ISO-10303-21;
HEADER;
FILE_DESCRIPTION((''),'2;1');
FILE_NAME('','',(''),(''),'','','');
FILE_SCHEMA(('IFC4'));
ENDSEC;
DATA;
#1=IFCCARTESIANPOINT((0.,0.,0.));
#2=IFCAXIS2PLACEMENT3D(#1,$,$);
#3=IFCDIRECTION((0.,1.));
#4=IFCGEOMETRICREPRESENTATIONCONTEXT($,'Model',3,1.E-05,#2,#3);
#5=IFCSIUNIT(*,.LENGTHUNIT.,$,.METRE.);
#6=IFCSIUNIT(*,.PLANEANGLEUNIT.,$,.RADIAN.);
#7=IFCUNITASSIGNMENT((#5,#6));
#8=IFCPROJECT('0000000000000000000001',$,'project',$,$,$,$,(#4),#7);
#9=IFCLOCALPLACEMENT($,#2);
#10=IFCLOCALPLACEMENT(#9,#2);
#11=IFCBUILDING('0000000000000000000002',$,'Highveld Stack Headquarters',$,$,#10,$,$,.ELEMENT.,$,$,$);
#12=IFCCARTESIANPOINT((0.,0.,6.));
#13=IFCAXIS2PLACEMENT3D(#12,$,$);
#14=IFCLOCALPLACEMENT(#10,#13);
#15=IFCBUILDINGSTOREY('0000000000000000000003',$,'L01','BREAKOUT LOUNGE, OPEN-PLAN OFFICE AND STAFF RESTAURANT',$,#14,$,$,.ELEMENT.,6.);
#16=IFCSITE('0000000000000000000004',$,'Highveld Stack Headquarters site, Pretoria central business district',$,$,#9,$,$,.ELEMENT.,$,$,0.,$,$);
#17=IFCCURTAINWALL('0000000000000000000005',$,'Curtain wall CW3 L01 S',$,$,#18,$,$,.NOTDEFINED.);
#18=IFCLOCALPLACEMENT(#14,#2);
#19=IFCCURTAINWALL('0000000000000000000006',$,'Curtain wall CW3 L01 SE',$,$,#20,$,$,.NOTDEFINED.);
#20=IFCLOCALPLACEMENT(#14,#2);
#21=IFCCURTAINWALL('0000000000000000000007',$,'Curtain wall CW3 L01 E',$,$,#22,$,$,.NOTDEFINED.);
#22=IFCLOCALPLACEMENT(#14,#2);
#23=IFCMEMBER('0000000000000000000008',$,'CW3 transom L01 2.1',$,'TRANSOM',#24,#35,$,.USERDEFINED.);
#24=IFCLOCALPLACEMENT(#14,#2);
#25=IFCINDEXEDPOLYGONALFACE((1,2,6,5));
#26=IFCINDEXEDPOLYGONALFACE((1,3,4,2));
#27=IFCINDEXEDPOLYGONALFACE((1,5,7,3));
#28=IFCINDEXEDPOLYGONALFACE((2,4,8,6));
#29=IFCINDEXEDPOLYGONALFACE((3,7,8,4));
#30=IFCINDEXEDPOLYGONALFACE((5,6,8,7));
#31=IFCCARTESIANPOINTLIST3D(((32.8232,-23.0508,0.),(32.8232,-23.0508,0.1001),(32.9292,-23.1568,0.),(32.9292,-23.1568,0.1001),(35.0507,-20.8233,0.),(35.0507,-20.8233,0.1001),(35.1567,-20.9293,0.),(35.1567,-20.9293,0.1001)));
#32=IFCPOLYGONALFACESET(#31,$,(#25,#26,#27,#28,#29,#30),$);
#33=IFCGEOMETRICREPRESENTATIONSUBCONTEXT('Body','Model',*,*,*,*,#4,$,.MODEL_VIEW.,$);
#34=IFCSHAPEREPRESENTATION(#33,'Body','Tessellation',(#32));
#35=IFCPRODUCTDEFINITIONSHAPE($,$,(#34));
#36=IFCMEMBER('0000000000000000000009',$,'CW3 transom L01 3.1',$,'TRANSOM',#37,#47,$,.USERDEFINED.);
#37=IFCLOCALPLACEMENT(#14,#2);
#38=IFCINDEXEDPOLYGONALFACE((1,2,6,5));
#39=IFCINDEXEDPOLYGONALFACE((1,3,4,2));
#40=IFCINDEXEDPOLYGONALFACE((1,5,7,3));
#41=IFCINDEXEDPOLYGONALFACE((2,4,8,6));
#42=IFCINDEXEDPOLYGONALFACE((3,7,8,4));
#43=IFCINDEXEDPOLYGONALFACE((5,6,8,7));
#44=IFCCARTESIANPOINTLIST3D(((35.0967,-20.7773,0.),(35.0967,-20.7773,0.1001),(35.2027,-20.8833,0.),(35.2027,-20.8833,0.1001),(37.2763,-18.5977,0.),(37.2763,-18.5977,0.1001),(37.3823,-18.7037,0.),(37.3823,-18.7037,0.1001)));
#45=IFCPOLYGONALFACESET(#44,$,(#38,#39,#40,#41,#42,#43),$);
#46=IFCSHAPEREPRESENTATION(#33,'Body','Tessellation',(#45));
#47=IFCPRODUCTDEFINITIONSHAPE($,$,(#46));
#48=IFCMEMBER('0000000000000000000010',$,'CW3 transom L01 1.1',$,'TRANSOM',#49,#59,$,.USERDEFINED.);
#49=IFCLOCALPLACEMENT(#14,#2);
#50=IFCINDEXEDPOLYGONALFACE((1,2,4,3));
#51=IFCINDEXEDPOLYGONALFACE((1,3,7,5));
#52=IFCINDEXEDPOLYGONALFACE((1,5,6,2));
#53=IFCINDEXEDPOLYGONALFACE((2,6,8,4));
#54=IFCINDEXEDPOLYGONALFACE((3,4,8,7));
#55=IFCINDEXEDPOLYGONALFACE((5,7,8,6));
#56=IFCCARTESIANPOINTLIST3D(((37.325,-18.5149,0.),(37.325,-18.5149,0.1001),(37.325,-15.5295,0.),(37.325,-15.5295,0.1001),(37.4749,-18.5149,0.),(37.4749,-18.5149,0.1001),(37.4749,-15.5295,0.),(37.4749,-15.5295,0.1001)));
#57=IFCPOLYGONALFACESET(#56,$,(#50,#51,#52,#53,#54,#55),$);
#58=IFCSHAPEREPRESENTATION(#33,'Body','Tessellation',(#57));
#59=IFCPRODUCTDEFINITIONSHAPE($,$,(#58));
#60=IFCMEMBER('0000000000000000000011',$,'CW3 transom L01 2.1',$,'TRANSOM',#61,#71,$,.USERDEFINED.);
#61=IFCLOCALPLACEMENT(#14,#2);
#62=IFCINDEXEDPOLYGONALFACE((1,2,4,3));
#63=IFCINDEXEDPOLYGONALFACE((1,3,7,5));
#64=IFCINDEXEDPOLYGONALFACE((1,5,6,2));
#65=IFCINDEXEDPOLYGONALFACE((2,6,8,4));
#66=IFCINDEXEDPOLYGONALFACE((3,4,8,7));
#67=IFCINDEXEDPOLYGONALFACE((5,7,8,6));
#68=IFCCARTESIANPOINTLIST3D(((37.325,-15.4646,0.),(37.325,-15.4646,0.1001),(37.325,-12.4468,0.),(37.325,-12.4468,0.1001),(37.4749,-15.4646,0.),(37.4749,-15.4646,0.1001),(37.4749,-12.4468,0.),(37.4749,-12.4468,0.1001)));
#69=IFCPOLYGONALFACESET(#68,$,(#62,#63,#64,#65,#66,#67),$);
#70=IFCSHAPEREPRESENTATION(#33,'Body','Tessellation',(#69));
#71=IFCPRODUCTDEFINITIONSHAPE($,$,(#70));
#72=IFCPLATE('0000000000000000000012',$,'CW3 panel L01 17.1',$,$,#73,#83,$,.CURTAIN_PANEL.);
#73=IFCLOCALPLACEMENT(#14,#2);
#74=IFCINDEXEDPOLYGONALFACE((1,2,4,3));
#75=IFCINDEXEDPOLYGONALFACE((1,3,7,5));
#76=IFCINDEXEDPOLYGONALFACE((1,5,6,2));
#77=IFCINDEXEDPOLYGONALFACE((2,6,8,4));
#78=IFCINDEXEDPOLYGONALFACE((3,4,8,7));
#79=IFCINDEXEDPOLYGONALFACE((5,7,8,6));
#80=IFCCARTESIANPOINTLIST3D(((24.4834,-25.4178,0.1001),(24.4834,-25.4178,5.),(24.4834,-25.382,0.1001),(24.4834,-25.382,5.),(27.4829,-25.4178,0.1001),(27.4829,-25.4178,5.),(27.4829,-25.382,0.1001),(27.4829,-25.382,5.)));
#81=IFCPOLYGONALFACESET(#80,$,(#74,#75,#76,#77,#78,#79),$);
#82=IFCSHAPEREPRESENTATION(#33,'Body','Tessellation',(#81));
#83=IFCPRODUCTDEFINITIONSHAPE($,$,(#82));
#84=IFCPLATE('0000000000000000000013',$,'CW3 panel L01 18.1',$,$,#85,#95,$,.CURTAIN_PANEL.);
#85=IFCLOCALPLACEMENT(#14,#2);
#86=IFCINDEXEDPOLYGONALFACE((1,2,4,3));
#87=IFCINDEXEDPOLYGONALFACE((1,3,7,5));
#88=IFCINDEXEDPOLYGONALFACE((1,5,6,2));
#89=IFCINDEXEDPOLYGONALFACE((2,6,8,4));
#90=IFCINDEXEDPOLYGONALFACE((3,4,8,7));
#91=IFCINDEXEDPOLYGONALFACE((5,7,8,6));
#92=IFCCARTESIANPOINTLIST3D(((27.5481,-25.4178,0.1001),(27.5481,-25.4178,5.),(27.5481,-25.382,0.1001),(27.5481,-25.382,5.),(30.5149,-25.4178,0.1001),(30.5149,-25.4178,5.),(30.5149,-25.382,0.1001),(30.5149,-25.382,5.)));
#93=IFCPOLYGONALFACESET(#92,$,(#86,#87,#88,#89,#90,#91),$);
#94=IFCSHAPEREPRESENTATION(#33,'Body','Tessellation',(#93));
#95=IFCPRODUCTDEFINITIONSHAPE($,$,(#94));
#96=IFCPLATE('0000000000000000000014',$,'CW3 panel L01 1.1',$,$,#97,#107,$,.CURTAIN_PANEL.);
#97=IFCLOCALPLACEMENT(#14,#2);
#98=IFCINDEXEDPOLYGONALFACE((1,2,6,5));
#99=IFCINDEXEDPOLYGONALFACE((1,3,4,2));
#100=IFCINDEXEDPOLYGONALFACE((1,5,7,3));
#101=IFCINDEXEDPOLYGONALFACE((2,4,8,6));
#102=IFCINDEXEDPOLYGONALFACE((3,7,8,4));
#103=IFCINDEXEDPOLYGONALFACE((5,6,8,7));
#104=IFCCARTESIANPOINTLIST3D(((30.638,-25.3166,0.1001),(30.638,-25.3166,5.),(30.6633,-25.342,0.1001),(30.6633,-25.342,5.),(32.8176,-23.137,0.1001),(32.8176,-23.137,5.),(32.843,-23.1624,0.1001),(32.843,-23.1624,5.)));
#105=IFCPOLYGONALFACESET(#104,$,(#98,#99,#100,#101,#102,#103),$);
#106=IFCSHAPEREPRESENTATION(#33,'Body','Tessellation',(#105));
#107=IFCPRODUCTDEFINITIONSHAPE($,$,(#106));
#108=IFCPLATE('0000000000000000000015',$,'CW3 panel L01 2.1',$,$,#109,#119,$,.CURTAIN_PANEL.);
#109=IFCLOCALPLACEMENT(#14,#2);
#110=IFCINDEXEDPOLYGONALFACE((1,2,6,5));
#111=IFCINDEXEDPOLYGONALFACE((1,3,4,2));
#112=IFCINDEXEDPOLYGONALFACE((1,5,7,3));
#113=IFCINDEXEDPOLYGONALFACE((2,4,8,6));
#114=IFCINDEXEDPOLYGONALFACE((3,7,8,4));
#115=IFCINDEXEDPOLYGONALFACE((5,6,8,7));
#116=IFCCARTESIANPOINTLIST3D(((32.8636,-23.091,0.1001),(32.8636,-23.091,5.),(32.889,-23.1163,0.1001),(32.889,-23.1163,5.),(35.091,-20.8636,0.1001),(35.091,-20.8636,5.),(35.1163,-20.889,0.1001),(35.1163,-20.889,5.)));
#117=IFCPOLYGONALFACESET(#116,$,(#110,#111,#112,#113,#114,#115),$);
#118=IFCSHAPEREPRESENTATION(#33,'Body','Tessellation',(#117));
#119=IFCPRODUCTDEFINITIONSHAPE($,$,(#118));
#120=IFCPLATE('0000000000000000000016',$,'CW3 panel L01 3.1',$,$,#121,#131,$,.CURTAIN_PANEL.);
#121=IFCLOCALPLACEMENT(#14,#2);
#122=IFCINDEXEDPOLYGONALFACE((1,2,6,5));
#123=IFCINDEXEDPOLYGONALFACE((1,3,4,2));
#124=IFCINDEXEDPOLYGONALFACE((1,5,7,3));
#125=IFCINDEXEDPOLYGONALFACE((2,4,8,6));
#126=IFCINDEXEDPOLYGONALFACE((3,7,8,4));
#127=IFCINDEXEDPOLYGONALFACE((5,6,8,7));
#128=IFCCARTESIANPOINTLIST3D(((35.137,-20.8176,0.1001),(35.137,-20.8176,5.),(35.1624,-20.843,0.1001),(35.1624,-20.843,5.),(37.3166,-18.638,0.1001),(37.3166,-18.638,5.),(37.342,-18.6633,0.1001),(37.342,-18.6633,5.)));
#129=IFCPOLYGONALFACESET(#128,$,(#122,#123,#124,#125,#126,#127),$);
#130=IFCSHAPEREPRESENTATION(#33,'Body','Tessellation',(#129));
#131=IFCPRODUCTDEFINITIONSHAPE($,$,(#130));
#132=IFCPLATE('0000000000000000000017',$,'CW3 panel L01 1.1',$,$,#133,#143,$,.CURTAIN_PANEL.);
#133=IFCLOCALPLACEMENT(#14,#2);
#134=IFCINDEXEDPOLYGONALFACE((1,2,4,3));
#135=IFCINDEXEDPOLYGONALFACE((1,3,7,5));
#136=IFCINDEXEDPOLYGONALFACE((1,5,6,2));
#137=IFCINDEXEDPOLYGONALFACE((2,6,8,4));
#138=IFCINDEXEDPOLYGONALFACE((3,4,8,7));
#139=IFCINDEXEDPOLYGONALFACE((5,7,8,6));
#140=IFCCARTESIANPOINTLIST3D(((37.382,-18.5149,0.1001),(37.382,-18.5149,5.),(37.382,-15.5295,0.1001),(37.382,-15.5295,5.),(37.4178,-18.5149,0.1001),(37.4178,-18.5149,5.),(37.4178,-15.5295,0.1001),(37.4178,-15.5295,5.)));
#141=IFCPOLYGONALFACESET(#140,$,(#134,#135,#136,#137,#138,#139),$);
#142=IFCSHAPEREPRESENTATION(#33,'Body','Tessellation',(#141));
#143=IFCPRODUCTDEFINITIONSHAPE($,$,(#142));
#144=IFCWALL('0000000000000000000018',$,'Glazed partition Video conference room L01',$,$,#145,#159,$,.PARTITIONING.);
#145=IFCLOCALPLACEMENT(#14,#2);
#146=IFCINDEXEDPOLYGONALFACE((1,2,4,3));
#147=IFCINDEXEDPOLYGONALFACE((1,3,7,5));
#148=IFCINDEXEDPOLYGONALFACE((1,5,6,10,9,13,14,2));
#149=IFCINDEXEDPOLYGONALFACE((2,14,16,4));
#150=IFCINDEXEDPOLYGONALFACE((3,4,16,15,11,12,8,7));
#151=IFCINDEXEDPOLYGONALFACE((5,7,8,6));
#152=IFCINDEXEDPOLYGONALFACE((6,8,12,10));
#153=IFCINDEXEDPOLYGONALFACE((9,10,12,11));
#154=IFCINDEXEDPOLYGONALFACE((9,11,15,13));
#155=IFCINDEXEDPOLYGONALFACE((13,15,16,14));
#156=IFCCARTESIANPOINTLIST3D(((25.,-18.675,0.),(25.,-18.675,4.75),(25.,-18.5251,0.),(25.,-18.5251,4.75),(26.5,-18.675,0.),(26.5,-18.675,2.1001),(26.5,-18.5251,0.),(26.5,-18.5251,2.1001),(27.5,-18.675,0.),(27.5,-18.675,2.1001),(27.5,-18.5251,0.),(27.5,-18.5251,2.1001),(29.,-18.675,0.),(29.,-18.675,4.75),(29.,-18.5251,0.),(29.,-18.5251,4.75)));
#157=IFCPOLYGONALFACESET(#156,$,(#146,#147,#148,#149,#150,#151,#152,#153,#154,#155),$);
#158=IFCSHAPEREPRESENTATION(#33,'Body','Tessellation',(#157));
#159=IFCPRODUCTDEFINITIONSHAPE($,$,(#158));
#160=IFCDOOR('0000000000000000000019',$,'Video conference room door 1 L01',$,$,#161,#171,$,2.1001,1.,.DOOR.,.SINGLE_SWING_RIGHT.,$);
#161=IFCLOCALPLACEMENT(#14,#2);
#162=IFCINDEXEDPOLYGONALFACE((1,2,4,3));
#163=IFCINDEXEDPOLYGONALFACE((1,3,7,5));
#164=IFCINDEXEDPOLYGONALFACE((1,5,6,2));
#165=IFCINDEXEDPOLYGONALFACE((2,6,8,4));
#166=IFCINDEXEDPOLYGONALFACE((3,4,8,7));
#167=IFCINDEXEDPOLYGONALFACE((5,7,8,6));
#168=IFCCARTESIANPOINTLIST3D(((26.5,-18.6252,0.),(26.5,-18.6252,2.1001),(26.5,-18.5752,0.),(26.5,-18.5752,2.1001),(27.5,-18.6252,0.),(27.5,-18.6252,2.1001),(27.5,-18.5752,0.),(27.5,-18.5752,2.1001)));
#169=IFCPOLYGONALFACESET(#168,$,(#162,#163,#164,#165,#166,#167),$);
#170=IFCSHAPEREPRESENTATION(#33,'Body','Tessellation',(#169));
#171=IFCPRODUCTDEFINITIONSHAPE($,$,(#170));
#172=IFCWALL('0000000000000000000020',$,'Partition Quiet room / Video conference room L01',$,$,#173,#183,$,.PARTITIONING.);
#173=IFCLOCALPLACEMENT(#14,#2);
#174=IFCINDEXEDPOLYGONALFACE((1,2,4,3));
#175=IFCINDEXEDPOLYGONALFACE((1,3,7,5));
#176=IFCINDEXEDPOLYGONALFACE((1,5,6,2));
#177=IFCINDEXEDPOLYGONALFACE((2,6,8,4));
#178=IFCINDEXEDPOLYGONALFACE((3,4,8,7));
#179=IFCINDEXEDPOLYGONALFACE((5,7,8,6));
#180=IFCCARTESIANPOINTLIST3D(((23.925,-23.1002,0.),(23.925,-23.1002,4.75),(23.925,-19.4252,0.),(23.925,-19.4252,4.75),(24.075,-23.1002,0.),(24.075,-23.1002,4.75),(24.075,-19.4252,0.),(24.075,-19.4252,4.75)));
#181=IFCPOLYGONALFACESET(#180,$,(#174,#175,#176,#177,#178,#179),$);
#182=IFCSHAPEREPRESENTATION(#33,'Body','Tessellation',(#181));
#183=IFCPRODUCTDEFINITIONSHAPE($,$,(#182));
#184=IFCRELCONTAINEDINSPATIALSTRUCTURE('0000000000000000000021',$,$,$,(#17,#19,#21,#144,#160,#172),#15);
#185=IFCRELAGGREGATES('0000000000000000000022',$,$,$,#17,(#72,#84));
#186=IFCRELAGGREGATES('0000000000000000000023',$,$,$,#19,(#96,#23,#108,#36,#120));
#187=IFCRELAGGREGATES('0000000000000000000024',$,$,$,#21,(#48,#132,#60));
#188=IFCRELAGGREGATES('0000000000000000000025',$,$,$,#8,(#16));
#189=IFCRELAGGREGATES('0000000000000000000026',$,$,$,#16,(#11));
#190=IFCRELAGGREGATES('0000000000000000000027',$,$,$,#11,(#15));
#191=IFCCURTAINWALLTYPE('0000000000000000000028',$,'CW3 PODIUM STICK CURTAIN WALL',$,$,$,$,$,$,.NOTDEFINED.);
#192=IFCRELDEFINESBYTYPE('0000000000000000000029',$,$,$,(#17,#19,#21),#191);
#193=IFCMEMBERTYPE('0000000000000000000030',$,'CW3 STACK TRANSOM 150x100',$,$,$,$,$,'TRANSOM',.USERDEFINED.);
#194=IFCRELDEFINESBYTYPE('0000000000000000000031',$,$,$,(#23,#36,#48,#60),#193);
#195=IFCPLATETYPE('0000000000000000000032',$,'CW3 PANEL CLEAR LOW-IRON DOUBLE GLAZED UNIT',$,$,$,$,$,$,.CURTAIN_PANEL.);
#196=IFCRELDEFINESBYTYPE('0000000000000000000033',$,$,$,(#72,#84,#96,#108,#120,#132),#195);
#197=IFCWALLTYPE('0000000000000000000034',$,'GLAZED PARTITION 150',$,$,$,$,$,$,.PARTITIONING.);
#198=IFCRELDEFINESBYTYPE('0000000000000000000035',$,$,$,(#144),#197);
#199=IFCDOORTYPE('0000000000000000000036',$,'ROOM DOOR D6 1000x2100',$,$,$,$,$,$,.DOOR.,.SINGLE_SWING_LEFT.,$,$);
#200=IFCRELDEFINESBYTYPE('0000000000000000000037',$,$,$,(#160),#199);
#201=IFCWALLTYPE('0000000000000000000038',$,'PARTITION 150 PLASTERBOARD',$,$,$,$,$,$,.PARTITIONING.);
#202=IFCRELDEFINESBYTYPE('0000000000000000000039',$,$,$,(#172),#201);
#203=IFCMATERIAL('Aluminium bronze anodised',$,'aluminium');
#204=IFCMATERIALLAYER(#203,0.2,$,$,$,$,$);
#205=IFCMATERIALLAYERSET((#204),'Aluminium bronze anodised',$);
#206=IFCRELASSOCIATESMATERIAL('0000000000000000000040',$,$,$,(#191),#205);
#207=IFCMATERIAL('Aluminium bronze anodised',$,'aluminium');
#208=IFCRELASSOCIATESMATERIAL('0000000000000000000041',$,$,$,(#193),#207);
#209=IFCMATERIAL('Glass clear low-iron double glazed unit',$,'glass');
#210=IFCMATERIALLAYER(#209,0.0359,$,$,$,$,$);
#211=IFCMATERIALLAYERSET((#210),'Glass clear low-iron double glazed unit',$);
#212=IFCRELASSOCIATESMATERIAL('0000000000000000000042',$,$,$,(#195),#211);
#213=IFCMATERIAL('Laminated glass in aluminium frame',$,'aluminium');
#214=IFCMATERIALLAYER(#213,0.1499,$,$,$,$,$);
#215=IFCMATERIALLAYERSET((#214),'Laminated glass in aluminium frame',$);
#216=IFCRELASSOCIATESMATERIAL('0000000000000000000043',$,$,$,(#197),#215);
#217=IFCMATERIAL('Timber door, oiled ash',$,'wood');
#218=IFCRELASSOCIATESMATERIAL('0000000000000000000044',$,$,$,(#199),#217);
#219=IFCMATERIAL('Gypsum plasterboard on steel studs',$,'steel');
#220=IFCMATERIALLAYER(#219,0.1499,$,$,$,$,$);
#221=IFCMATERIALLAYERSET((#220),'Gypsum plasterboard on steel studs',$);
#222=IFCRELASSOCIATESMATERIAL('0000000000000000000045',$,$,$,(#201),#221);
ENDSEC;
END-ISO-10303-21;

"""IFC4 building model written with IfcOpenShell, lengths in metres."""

from ifc_helpers import new_model, si_unit, direction, frame, frame_2d, origin, origin_2d, place, context, subcontext, project, spatial, rectangle, extrude, material, layer, layer_set, material_profile, profile_set, type_object, element, fill, aggregate, save


model = new_model("IFC4")

# Units and contexts
model_context = context("Model", 3, precision=1e-05, world=origin(), true_north=direction((0.0, 1.0)))
body_context = subcontext(model_context, "Body", "Model", "MODEL_VIEW")
ifc_project = project(units=[si_unit("LENGTHUNIT", "METRE"), si_unit("PLANEANGLEUNIT", "RADIAN")], contexts=[model_context])

# Site, building, storey
site_placement = place(None, origin())
site = spatial("IfcSite", under=ifc_project, at=site_placement, Name="Highveld Stack Headquarters site, Pretoria central business district", CompositionType="ELEMENT", RefElevation=0.0)
building_placement = place(site_placement, origin())
building = spatial("IfcBuilding", under=site, at=building_placement, Name="Highveld Stack Headquarters", CompositionType="ELEMENT")
storey_placement = place(building_placement, frame((0.0, 0.0, 6.0)))
storey = spatial("IfcBuildingStorey", under=building, at=storey_placement, Name="L01", Description="BREAKOUT LOUNGE, OPEN-PLAN OFFICE AND STAFF RESTAURANT", CompositionType="ELEMENT", Elevation=6.0)

# Curtain walls
ifc_material_1 = material(Name="Aluminium bronze anodised", Category="aluminium")
ifc_layer_1 = layer(ifc_material_1, 0.2)
ifc_layer_set_1 = layer_set([ifc_layer_1], Name="Aluminium bronze anodised")
curtain_wall_type = type_object("IfcCurtainWallType", Name="CW3 PODIUM STICK CURTAIN WALL", PredefinedType="NOTDEFINED", material=ifc_layer_set_1)
curtain_wall_1_placement = place(storey_placement, origin())
curtain_wall_1 = element("IfcCurtainWall", 1, at=curtain_wall_1_placement, inside=storey, type_object=curtain_wall_type, Name="Curtain wall CW3 L01 S", PredefinedType="NOTDEFINED")
curtain_wall_2_placement = place(storey_placement, origin())
curtain_wall_2 = element("IfcCurtainWall", 2, at=curtain_wall_2_placement, inside=storey, type_object=curtain_wall_type, Name="Curtain wall CW3 L01 SE", PredefinedType="NOTDEFINED")
curtain_wall_3_placement = place(storey_placement, origin())
curtain_wall_3 = element("IfcCurtainWall", 3, at=curtain_wall_3_placement, inside=storey, type_object=curtain_wall_type, Name="Curtain wall CW3 L01 E", PredefinedType="NOTDEFINED")

# Members
ifc_material_2 = material(Name="Aluminium bronze anodised", Category="aluminium")
ifc_material_profile_1 = material_profile(ifc_material_2, rectangle(XDim=0.1499, YDim=0.1001, at=origin_2d()), Name="CW3 TRANSOM 150x100")
ifc_profile_set_1 = profile_set([ifc_material_profile_1], Name="Aluminium bronze anodised")
member_type_1 = type_object("IfcMemberType", Name="CW3 STACK TRANSOM 150x100", ElementType="TRANSOM", PredefinedType="USERDEFINED", material=ifc_profile_set_1)
member_1_placement = place(storey_placement, frame((32.8762, -23.1038, 0.05), z_axis=(0.707107, 0.707107, 0.0), x_axis=(-0.707107, 0.707107, 0.0)))
member_1 = element("IfcMember", 4, at=member_1_placement, type_object=member_type_1, Name="CW3 transom L01 2.1", ObjectType="TRANSOM", PredefinedType="USERDEFINED", context=body_context, shape_type="SweptSolid", body=[
    extrude(rectangle(XDim=0.1499, YDim=0.1001, at=origin_2d()), origin(), (0.0, 0.0, 1.0), 3.1501),
])
member_2_placement = place(storey_placement, frame((35.1497, -20.8303, 0.05), z_axis=(0.707107, 0.707107, 0.0), x_axis=(-0.707107, 0.707107, 0.0)))
member_2 = element("IfcMember", 5, at=member_2_placement, type_object=member_type_1, Name="CW3 transom L01 3.1", ObjectType="TRANSOM", PredefinedType="USERDEFINED", context=body_context, shape_type="SweptSolid", body=[
    extrude(rectangle(XDim=0.1499, YDim=0.1001, at=origin_2d()), origin(), (0.0, 0.0, 1.0), 3.0825),
])
member_3_placement = place(storey_placement, frame((37.3999, -18.5149, 0.05), z_axis=(0.0, 1.0, 0.0), x_axis=(-1.0, 0.0, 0.0)))
member_3 = element("IfcMember", 6, at=member_3_placement, type_object=member_type_1, Name="CW3 transom L01 1.1", ObjectType="TRANSOM", PredefinedType="USERDEFINED", context=body_context, shape_type="SweptSolid", body=[
    extrude(rectangle(XDim=0.1499, YDim=0.1001, at=origin_2d()), origin(), (0.0, 0.0, 1.0), 2.9854),
])
member_4_placement = place(storey_placement, frame((37.3999, -15.4646, 0.05), z_axis=(0.0, 1.0, 0.0), x_axis=(-1.0, 0.0, 0.0)))
member_4 = element("IfcMember", 7, at=member_4_placement, type_object=member_type_1, Name="CW3 transom L01 2.1", ObjectType="TRANSOM", PredefinedType="USERDEFINED", context=body_context, shape_type="SweptSolid", body=[
    extrude(rectangle(XDim=0.1499, YDim=0.1001, at=origin_2d()), origin(), (0.0, 0.0, 1.0), 3.0178),
])

# Plates
ifc_material_3 = material(Name="Glass clear low-iron double glazed unit", Category="glass")
ifc_layer_2 = layer(ifc_material_3, 0.0359)
ifc_layer_set_2 = layer_set([ifc_layer_2], Name="Glass clear low-iron double glazed unit")
plate_type = type_object("IfcPlateType", Name="CW3 PANEL CLEAR LOW-IRON DOUBLE GLAZED UNIT", PredefinedType="CURTAIN_PANEL", material=ifc_layer_set_2)
plate_1_placement = place(storey_placement, frame((25.9832, -25.3999, 0.1001), z_axis=(0.0, 0.0, 1.0), x_axis=(1.0, 0.0, 0.0)))
plate_1 = element("IfcPlate", 8, at=plate_1_placement, type_object=plate_type, Name="CW3 panel L01 17.1", PredefinedType="CURTAIN_PANEL", context=body_context, shape_type="SweptSolid", body=[
    extrude(rectangle(XDim=2.9995, YDim=0.0359, at=origin_2d()), origin(), (0.0, 0.0, 1.0), 4.8999),
])
plate_2_placement = place(storey_placement, frame((29.0315, -25.3999, 0.1001), z_axis=(0.0, 0.0, 1.0), x_axis=(1.0, 0.0, 0.0)))
plate_2 = element("IfcPlate", 9, at=plate_2_placement, type_object=plate_type, Name="CW3 panel L01 18.1", PredefinedType="CURTAIN_PANEL", context=body_context, shape_type="SweptSolid", body=[
    extrude(rectangle(XDim=2.9668, YDim=0.0359, at=origin_2d()), origin(), (0.0, 0.0, 1.0), 4.8999),
])
aggregate(curtain_wall_1, [plate_1, plate_2])
plate_3_placement = place(storey_placement, frame((31.7405, -24.2395, 0.1001), z_axis=(0.0, 0.0, 1.0), x_axis=(0.707107, 0.707107, 0.0)))
plate_3 = element("IfcPlate", 10, at=plate_3_placement, type_object=plate_type, Name="CW3 panel L01 1.1", PredefinedType="CURTAIN_PANEL", context=body_context, shape_type="SweptSolid", body=[
    extrude(rectangle(XDim=3.0825, YDim=0.0359, at=origin_2d()), origin(), (0.0, 0.0, 1.0), 4.8999),
])
plate_4_placement = place(storey_placement, frame((33.99, -21.99, 0.1001), z_axis=(0.0, 0.0, 1.0), x_axis=(0.707107, 0.707107, 0.0)))
plate_4 = element("IfcPlate", 11, at=plate_4_placement, type_object=plate_type, Name="CW3 panel L01 2.1", PredefinedType="CURTAIN_PANEL", context=body_context, shape_type="SweptSolid", body=[
    extrude(rectangle(XDim=3.1499, YDim=0.0359, at=origin_2d()), origin(), (0.0, 0.0, 1.0), 4.8999),
])
plate_5_placement = place(storey_placement, frame((36.2395, -19.7405, 0.1001), z_axis=(0.0, 0.0, 1.0), x_axis=(0.707107, 0.707107, 0.0)))
plate_5 = element("IfcPlate", 12, at=plate_5_placement, type_object=plate_type, Name="CW3 panel L01 3.1", PredefinedType="CURTAIN_PANEL", context=body_context, shape_type="SweptSolid", body=[
    extrude(rectangle(XDim=3.0825, YDim=0.0359, at=origin_2d()), origin(), (0.0, 0.0, 1.0), 4.8999),
])
aggregate(curtain_wall_2, [plate_3, member_1, plate_4, member_2, plate_5])
plate_6_placement = place(storey_placement, frame((37.3999, -17.0222, 0.1001), z_axis=(0.0, 0.0, 1.0), x_axis=(0.0, 1.0, 0.0)))
plate_6 = element("IfcPlate", 13, at=plate_6_placement, type_object=plate_type, Name="CW3 panel L01 1.1", PredefinedType="CURTAIN_PANEL", context=body_context, shape_type="SweptSolid", body=[
    extrude(rectangle(XDim=2.9854, YDim=0.0359, at=origin_2d()), origin(), (0.0, 0.0, 1.0), 4.8999),
])
aggregate(curtain_wall_3, [member_3, plate_6, member_4])

# Wall, opening, door
ifc_material_4 = material(Name="Laminated glass in aluminium frame", Category="aluminium")
ifc_layer_3 = layer(ifc_material_4, 0.1499)
ifc_layer_set_3 = layer_set([ifc_layer_3], Name="Laminated glass in aluminium frame")
wall_type_1 = type_object("IfcWallType", Name="GLAZED PARTITION 150", PredefinedType="PARTITIONING", material=ifc_layer_set_3)
wall_1_placement = place(storey_placement, frame((25.0, -18.6001, 0.0), z_axis=(0.0, 0.0, 1.0), x_axis=(1.0, 0.0, 0.0)))
wall_1 = element("IfcWall", 14, at=wall_1_placement, inside=storey, type_object=wall_type_1, Name="Glazed partition Video conference room L01", PredefinedType="PARTITIONING", context=body_context, shape_type="SweptSolid", body=[
    extrude(rectangle(XDim=4.0, YDim=0.1499, at=frame_2d((2.0, 0.0))), origin(), (0.0, 0.0, 1.0), 4.75),
])
opening_placement = place(wall_1_placement, frame((1.5, 0.0, 0.0)))
opening = element("IfcOpeningElement", 15, at=opening_placement, cuts=wall_1, PredefinedType="OPENING", context=body_context, shape_type="SweptSolid", body=[
    extrude(rectangle(XDim=1.0, YDim=2.1001, at=frame_2d((0.5, 1.05))), frame((0.0, 0.085, 0.0), z_axis=(0.0, -1.0, 0.0), x_axis=(1.0, 0.0, 0.0)), (0.0, 0.0, 1.0), 0.1699),
])
ifc_material_5 = material(Name="Timber door, oiled ash", Category="wood")
door_type = type_object("IfcDoorType", Name="ROOM DOOR D6 1000x2100", OperationType="SINGLE_SWING_LEFT", PredefinedType="DOOR", material=ifc_material_5)
door_placement = place(opening_placement, origin())
door = element("IfcDoor", 16, at=door_placement, inside=storey, type_object=door_type, Name="Video conference room door 1 L01", OperationType="SINGLE_SWING_RIGHT", OverallHeight=2.1001, OverallWidth=1.0, PredefinedType="DOOR", context=body_context, shape_type="SweptSolid", body=[
    extrude(rectangle(XDim=1.0, YDim=2.1001, at=frame_2d((0.5, 1.05))), frame((0.0, 0.0249, 0.0), z_axis=(0.0, -1.0, 0.0), x_axis=(1.0, 0.0, 0.0)), (0.0, 0.0, 1.0), 0.05),
])
fill(opening, door)

# Wall
ifc_material_6 = material(Name="Gypsum plasterboard on steel studs", Category="steel")
ifc_layer_4 = layer(ifc_material_6, 0.1499)
ifc_layer_set_4 = layer_set([ifc_layer_4], Name="Gypsum plasterboard on steel studs")
wall_type_2 = type_object("IfcWallType", Name="PARTITION 150 PLASTERBOARD", PredefinedType="PARTITIONING", material=ifc_layer_set_4)
wall_2_placement = place(storey_placement, frame((24.0, -23.1001, 0.0), z_axis=(0.0, 0.0, 1.0), x_axis=(0.0, 1.0, 0.0)))
element("IfcWall", 17, at=wall_2_placement, inside=storey, type_object=wall_type_2, Name="Partition Quiet room / Video conference room L01", PredefinedType="PARTITIONING", context=body_context, shape_type="SweptSolid", body=[
    extrude(rectangle(XDim=3.675, YDim=0.1499, at=frame_2d((1.8374, 0.0))), origin(), (0.0, 0.0, 1.0), 4.75),
])

save(model, "model.ifc")
